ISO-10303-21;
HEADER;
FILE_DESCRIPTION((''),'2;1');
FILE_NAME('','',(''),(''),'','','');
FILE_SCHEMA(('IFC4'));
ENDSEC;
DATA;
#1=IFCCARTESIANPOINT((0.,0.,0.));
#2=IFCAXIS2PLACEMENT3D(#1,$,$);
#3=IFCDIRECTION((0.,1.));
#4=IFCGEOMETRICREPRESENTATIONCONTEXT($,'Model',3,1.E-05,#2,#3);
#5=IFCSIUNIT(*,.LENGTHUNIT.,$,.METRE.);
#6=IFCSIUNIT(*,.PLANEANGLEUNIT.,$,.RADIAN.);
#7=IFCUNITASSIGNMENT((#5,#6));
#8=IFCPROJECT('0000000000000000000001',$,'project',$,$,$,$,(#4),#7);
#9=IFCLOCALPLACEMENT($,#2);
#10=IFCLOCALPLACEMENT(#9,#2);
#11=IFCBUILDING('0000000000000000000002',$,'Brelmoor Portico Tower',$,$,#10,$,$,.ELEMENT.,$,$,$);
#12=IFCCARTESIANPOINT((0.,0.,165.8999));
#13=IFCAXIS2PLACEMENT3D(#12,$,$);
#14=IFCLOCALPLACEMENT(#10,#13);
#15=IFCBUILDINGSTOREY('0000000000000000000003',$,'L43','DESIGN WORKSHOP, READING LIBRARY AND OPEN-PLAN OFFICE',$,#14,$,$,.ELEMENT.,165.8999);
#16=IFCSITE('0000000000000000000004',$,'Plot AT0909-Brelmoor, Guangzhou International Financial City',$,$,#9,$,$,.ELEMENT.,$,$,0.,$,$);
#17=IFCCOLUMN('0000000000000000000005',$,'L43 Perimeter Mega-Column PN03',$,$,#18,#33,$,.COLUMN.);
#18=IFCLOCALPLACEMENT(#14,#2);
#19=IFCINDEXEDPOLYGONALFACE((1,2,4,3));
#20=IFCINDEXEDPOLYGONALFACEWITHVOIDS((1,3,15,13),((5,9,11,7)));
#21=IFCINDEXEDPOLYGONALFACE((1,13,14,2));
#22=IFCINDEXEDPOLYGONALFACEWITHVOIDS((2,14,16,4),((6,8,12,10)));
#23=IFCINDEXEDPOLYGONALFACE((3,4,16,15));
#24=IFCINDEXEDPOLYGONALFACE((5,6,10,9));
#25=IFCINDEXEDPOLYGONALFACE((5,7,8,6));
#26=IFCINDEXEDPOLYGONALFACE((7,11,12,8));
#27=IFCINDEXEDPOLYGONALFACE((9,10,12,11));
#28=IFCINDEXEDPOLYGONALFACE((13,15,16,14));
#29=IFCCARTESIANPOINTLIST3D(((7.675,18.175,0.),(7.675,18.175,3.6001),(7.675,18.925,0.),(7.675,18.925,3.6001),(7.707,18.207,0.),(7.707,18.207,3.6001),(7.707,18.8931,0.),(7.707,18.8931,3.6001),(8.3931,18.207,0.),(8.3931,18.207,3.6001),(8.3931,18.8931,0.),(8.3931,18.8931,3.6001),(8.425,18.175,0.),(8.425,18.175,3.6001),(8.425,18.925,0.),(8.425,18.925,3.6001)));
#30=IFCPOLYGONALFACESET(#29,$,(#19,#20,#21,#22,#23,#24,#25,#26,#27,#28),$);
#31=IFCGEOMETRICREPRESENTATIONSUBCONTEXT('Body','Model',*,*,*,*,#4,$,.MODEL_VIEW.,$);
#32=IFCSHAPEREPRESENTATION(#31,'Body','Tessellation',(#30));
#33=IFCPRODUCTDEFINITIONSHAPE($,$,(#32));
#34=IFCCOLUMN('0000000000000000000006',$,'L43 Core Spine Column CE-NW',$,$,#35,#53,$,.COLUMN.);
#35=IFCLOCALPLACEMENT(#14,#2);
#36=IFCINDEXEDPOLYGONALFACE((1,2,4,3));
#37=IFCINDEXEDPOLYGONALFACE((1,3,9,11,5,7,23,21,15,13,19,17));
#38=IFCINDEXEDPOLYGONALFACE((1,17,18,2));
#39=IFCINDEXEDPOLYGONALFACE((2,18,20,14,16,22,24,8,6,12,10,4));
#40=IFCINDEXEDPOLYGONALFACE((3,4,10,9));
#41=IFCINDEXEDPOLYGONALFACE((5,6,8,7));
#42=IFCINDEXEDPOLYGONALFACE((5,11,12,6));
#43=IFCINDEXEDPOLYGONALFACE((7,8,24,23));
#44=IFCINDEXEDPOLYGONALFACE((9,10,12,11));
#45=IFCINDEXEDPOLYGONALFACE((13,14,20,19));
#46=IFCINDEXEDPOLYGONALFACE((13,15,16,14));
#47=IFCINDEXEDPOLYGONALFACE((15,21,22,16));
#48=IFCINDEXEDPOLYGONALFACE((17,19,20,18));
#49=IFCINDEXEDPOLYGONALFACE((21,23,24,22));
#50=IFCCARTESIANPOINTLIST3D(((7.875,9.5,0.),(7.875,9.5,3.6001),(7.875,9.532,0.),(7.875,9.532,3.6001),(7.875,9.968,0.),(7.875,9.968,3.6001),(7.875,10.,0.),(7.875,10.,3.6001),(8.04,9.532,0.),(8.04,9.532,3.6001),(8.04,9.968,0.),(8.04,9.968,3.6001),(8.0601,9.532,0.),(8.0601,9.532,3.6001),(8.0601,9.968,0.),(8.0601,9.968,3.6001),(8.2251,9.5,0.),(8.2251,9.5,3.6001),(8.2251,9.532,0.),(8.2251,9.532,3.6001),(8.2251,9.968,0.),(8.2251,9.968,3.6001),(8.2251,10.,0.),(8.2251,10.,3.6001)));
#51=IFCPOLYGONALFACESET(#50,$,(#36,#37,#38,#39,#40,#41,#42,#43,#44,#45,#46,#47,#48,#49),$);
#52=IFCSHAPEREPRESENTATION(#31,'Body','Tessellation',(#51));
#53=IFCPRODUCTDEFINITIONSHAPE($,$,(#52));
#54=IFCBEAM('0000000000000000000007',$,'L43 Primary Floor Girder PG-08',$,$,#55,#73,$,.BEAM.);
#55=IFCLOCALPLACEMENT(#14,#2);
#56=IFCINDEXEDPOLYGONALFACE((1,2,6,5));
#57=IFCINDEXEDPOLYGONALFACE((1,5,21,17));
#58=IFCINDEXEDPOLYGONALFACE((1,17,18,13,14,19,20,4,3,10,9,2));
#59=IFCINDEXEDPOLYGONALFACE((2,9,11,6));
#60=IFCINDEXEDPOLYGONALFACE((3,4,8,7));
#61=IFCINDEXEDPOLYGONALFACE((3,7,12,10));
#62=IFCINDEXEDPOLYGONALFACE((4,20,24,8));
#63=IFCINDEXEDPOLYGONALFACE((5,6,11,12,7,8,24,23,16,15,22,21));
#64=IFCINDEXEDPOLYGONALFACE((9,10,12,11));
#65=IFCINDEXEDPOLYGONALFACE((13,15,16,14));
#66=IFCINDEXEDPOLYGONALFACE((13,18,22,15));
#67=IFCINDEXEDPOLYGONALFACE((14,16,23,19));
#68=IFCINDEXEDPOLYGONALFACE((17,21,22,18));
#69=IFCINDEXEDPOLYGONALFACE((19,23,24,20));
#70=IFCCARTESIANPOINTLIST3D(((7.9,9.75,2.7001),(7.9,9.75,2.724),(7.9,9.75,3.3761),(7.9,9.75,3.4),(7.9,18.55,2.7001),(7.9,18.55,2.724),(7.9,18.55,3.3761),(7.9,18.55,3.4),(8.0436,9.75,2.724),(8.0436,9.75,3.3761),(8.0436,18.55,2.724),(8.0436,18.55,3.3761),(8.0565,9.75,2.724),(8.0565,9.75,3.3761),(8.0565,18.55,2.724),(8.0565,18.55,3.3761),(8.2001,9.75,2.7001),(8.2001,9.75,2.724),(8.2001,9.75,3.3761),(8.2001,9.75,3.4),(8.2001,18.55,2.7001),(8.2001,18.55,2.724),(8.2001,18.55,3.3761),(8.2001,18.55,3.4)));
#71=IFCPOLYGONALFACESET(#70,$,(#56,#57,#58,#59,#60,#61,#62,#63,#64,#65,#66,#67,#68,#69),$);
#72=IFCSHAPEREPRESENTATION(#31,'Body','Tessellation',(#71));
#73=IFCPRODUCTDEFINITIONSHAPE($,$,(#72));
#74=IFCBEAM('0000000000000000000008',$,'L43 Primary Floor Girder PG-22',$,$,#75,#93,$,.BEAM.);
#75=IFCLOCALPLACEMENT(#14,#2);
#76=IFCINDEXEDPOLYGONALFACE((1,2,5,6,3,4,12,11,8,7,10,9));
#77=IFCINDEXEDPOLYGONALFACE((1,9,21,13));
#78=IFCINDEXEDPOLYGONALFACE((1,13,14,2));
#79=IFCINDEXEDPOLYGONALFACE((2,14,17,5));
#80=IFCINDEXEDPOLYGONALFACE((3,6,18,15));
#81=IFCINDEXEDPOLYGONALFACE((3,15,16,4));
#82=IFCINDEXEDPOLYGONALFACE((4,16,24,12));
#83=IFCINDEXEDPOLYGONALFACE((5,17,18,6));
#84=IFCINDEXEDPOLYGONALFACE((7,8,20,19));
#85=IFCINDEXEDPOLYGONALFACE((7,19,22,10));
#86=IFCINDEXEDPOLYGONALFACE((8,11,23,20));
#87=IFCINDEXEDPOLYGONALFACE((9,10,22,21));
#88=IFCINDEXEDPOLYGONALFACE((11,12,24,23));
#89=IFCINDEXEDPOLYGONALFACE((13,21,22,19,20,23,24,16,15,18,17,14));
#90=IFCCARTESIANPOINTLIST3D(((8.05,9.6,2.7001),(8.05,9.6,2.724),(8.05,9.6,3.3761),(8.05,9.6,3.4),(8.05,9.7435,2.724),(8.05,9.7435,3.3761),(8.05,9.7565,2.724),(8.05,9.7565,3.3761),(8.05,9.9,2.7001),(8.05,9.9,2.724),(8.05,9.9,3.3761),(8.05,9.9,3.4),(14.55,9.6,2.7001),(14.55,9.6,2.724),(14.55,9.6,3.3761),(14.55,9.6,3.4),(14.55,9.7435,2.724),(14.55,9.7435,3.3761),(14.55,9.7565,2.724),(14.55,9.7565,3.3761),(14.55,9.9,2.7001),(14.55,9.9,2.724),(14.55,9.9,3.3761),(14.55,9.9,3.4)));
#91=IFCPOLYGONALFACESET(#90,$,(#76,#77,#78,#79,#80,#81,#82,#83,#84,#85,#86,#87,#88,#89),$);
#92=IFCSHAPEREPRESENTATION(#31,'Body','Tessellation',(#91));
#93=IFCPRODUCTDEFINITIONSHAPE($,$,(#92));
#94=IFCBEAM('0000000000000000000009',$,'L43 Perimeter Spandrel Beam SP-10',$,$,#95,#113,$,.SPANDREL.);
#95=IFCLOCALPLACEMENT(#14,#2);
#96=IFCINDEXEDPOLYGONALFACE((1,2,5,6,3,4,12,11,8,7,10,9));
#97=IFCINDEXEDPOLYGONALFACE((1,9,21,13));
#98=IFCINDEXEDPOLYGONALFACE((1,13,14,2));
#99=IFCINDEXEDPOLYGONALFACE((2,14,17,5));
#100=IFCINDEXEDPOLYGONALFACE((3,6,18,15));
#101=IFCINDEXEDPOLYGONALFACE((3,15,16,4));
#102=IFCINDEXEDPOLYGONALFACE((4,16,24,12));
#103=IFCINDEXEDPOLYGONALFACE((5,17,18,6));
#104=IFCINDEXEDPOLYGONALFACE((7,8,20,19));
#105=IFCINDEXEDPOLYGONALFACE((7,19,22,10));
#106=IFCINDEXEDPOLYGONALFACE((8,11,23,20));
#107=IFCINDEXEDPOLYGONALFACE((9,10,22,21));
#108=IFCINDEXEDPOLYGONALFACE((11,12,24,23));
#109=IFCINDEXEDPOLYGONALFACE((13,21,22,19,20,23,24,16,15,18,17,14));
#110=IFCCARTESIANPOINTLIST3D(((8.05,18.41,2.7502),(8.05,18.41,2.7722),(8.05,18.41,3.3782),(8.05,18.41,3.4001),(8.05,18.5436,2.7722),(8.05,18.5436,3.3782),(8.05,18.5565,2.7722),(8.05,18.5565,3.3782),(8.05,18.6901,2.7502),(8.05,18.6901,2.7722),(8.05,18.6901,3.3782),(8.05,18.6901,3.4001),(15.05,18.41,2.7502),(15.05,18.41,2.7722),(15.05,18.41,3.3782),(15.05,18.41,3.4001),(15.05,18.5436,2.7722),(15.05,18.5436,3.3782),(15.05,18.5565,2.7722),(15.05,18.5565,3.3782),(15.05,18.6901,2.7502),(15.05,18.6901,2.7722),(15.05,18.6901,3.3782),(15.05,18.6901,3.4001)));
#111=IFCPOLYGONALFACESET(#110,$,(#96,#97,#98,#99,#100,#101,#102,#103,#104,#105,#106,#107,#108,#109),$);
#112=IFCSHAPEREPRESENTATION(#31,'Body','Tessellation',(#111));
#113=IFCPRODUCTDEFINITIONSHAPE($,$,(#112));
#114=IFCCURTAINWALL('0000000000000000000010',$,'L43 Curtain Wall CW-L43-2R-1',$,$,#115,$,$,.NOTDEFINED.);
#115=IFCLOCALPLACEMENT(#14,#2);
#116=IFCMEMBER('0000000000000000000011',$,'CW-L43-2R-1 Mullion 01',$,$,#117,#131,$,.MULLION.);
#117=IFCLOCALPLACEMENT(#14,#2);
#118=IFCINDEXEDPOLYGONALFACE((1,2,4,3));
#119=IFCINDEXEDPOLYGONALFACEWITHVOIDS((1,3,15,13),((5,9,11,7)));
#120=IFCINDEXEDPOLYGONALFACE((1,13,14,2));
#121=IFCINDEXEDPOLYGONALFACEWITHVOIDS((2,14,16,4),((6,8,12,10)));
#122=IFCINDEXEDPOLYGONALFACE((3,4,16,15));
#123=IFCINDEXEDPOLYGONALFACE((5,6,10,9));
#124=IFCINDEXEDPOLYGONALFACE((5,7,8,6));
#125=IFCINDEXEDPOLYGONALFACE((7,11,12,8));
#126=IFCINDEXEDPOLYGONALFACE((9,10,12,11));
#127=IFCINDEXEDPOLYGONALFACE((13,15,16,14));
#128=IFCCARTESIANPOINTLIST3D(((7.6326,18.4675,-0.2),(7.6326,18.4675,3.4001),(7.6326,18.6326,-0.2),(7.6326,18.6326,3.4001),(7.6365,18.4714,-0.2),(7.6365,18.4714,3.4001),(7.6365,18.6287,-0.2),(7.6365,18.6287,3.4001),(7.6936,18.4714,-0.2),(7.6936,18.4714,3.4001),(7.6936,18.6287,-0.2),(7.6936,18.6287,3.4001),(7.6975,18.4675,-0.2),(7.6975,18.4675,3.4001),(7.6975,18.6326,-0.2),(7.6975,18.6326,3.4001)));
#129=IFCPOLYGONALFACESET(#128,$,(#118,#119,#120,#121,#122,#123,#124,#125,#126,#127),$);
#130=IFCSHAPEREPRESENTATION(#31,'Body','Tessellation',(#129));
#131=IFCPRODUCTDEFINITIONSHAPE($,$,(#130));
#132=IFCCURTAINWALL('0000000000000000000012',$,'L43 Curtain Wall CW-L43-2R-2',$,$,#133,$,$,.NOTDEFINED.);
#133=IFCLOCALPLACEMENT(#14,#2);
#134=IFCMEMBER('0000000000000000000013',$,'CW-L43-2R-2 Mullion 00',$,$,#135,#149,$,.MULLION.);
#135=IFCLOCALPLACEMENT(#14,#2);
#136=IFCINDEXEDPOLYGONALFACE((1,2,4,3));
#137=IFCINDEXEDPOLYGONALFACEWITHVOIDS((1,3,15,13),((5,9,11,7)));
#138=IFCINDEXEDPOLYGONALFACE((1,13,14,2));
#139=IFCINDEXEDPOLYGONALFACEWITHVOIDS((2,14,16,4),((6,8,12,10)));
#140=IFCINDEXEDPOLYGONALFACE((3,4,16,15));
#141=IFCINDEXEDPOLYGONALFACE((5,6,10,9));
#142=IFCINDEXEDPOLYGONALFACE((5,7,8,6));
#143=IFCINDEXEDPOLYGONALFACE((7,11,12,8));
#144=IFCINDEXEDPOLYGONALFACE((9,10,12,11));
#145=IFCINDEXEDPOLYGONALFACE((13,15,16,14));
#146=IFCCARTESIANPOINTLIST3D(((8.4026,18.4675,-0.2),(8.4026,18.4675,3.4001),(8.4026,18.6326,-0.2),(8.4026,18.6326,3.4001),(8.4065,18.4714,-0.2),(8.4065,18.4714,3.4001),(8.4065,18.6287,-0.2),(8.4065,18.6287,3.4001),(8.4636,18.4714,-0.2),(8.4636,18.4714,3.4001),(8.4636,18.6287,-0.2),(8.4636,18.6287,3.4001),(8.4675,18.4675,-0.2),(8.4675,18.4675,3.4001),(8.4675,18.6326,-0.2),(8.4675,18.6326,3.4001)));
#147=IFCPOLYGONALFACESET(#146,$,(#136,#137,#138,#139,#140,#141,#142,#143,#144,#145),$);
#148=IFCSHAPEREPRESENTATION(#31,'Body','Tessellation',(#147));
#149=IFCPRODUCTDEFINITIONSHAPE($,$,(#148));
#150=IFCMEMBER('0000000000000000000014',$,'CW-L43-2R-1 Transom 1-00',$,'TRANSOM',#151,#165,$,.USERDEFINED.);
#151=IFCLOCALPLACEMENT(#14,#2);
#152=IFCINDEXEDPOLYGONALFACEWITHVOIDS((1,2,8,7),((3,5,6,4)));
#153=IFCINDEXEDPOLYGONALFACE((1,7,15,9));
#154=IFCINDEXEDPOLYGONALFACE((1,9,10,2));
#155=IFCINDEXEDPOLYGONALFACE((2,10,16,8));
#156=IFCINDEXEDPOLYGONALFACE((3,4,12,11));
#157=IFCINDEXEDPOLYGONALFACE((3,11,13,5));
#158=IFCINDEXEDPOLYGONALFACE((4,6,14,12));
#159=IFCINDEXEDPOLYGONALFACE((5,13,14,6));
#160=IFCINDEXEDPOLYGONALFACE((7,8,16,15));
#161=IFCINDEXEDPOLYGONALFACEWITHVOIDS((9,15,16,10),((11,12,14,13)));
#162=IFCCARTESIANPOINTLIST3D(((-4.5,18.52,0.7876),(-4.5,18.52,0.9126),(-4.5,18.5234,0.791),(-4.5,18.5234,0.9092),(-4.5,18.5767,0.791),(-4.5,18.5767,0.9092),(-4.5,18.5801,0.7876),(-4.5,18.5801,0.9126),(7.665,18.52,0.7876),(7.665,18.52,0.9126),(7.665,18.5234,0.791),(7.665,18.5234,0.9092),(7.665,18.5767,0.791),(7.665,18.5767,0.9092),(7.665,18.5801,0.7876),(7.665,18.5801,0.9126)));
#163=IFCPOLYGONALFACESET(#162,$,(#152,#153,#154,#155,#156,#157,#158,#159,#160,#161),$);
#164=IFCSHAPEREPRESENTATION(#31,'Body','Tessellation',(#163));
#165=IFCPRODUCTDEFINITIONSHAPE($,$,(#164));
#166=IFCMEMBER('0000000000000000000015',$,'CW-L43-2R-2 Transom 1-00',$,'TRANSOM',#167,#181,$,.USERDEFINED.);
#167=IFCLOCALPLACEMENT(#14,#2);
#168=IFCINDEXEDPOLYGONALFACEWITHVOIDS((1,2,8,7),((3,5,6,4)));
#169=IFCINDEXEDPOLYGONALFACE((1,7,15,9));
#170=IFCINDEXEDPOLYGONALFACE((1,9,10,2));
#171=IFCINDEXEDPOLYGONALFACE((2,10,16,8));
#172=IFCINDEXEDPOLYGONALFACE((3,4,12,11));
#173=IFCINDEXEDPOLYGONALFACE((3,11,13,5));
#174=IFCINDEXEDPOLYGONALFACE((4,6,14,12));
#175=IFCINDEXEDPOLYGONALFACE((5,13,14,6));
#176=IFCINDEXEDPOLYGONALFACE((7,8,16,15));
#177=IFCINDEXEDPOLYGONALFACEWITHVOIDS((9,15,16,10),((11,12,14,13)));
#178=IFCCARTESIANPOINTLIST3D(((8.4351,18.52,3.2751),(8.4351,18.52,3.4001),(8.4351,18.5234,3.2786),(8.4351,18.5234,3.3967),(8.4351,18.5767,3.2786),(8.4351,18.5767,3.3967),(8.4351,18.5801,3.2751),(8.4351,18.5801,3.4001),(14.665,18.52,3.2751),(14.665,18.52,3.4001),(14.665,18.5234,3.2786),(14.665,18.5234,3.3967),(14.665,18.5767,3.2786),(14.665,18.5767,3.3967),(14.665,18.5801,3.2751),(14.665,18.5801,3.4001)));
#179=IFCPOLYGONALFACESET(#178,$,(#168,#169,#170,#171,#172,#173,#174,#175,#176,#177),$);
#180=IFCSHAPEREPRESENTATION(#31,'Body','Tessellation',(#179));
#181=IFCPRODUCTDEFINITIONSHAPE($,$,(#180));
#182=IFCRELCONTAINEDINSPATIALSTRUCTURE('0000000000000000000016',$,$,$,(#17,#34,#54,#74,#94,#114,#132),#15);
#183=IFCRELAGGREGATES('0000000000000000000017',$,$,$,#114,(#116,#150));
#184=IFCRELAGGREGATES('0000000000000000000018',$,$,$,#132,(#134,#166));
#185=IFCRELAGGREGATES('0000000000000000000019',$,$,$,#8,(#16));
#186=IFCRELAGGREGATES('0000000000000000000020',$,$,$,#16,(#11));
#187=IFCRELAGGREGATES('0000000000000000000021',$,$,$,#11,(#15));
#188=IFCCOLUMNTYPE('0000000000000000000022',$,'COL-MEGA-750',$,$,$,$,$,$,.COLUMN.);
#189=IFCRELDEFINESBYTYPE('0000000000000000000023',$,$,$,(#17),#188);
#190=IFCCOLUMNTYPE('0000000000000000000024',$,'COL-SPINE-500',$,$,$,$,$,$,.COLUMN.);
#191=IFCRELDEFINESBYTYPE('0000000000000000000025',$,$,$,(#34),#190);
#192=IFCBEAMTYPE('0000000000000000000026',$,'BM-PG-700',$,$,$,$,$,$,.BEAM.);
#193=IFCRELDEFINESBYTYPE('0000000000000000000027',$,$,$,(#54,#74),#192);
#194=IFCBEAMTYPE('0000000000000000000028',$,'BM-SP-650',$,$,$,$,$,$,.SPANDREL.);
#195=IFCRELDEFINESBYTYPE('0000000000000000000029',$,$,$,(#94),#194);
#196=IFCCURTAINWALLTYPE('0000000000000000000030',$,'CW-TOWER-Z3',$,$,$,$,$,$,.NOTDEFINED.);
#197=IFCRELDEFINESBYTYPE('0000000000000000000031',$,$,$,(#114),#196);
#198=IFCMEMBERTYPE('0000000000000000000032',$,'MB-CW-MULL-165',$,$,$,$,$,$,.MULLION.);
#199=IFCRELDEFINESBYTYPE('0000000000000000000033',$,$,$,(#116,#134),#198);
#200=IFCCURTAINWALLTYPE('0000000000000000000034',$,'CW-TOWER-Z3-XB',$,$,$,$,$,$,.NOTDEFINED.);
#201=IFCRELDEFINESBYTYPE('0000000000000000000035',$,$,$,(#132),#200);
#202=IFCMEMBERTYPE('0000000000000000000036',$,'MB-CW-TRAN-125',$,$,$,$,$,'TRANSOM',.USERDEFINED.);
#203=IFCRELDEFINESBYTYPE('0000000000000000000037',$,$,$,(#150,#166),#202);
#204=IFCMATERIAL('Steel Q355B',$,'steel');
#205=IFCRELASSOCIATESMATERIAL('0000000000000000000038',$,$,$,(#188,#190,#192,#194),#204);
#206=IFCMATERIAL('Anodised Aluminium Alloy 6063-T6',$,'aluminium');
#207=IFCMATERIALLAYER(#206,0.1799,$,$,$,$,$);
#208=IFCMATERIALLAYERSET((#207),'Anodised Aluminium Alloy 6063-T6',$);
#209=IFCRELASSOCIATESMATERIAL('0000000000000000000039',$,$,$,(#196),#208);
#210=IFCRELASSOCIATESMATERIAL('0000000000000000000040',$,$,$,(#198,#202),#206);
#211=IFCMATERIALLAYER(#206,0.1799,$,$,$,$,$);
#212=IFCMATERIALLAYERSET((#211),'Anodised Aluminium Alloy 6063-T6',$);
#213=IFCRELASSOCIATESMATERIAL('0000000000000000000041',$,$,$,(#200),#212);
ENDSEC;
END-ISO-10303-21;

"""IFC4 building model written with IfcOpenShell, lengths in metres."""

from ifc_helpers import new_model, si_unit, direction, frame, origin, origin_2d, place, context, subcontext, project, spatial, hollow_rectangle, i_section, extrude, material, layer, layer_set, material_profile, profile_set, type_object, element, aggregate, save


model = new_model("IFC4")

# Units and contexts
model_context = context("Model", 3, precision=1e-05, world=origin(), true_north=direction((0.0, 1.0)))
body_context = subcontext(model_context, "Body", "Model", "MODEL_VIEW")
ifc_project = project(units=[si_unit("LENGTHUNIT", "METRE"), si_unit("PLANEANGLEUNIT", "RADIAN")], contexts=[model_context])

# Site, building, storey
site_placement = place(None, origin())
site = spatial("IfcSite", under=ifc_project, at=site_placement, Name="Plot AT0909-Brelmoor, Guangzhou International Financial City", CompositionType="ELEMENT", RefElevation=0.0)
building_placement = place(site_placement, origin())
building = spatial("IfcBuilding", under=site, at=building_placement, Name="Brelmoor Portico Tower", CompositionType="ELEMENT")
storey_placement = place(building_placement, frame((0.0, 0.0, 165.8999)))
storey = spatial("IfcBuildingStorey", under=building, at=storey_placement, Name="L43", Description="DESIGN WORKSHOP, READING LIBRARY AND OPEN-PLAN OFFICE", CompositionType="ELEMENT", Elevation=165.8999)

# Columns
ifc_material_1 = material(Name="Steel Q355B", Category="steel")
ifc_material_profile_1 = material_profile(ifc_material_1, hollow_rectangle(XDim=0.75, YDim=0.75, WallThickness=0.032, at=origin_2d()), Name="BOX 750x750x32")
ifc_profile_set_1 = profile_set([ifc_material_profile_1], Name="Steel Q355B")
column_type_1 = type_object("IfcColumnType", Name="COL-MEGA-750", PredefinedType="COLUMN", material=ifc_profile_set_1)
column_1_placement = place(storey_placement, frame((8.05, 18.55, 0.0), z_axis=(0.0, 0.0, 1.0), x_axis=(1.0, 0.0, 0.0)))
element("IfcColumn", 1, at=column_1_placement, inside=storey, type_object=column_type_1, Name="L43 Perimeter Mega-Column PN03", PredefinedType="COLUMN", context=body_context, shape_type="SweptSolid", body=[
    extrude(hollow_rectangle(XDim=0.75, YDim=0.75, WallThickness=0.032, at=origin_2d()), origin(), (0.0, 0.0, 1.0), 3.6001),
])
ifc_material_profile_2 = material_profile(ifc_material_1, i_section(OverallWidth=0.3501, OverallDepth=0.5, WebThickness=0.02, FlangeThickness=0.032, at=origin_2d()), Name="HW 500x350x20x32")
ifc_profile_set_2 = profile_set([ifc_material_profile_2], Name="Steel Q355B")
column_type_2 = type_object("IfcColumnType", Name="COL-SPINE-500", PredefinedType="COLUMN", material=ifc_profile_set_2)
column_2_placement = place(storey_placement, frame((8.05, 9.75, 0.0), z_axis=(0.0, 0.0, 1.0), x_axis=(1.0, 0.0, 0.0)))
element("IfcColumn", 2, at=column_2_placement, inside=storey, type_object=column_type_2, Name="L43 Core Spine Column CE-NW", PredefinedType="COLUMN", context=body_context, shape_type="SweptSolid", body=[
    extrude(i_section(OverallWidth=0.3501, OverallDepth=0.5, WebThickness=0.02, FlangeThickness=0.032, at=origin_2d()), origin(), (0.0, 0.0, 1.0), 3.6001),
])

# Beams
ifc_material_profile_3 = material_profile(ifc_material_1, i_section(OverallWidth=0.3, OverallDepth=0.7, WebThickness=0.0129, FlangeThickness=0.0239, at=origin_2d()), Name="HN 700x300x13x24")
ifc_profile_set_3 = profile_set([ifc_material_profile_3], Name="Steel Q355B")
beam_type_1 = type_object("IfcBeamType", Name="BM-PG-700", PredefinedType="BEAM", material=ifc_profile_set_3)
beam_1_placement = place(storey_placement, frame((8.05, 9.75, 3.05), z_axis=(0.0, 1.0, 0.0), x_axis=(-1.0, 0.0, 0.0)))
element("IfcBeam", 3, at=beam_1_placement, inside=storey, type_object=beam_type_1, Name="L43 Primary Floor Girder PG-08", PredefinedType="BEAM", context=body_context, shape_type="SweptSolid", body=[
    extrude(i_section(OverallWidth=0.3, OverallDepth=0.7, WebThickness=0.0129, FlangeThickness=0.0239, at=origin_2d()), origin(), (0.0, 0.0, 1.0), 8.8),
])
beam_2_placement = place(storey_placement, frame((8.05, 9.75, 3.05), z_axis=(1.0, 0.0, 0.0), x_axis=(0.0, 1.0, 0.0)))
element("IfcBeam", 4, at=beam_2_placement, inside=storey, type_object=beam_type_1, Name="L43 Primary Floor Girder PG-22", PredefinedType="BEAM", context=body_context, shape_type="SweptSolid", body=[
    extrude(i_section(OverallWidth=0.3, OverallDepth=0.7, WebThickness=0.0129, FlangeThickness=0.0239, at=origin_2d()), origin(), (0.0, 0.0, 1.0), 6.5),
])
ifc_material_profile_4 = material_profile(ifc_material_1, i_section(OverallWidth=0.28, OverallDepth=0.6499, WebThickness=0.0129, FlangeThickness=0.022, at=origin_2d()), Name="HN 650x280x13x22")
ifc_profile_set_4 = profile_set([ifc_material_profile_4], Name="Steel Q355B")
beam_type_2 = type_object("IfcBeamType", Name="BM-SP-650", PredefinedType="SPANDREL", material=ifc_profile_set_4)
beam_3_placement = place(storey_placement, frame((8.05, 18.55, 3.0752), z_axis=(1.0, 0.0, 0.0), x_axis=(0.0, 1.0, 0.0)))
element("IfcBeam", 5, at=beam_3_placement, inside=storey, type_object=beam_type_2, Name="L43 Perimeter Spandrel Beam SP-10", PredefinedType="SPANDREL", context=body_context, shape_type="SweptSolid", body=[
    extrude(i_section(OverallWidth=0.28, OverallDepth=0.6499, WebThickness=0.0129, FlangeThickness=0.022, at=origin_2d()), origin(), (0.0, 0.0, 1.0), 7.0),
])

# Curtain walls, members
ifc_material_2 = material(Name="Anodised Aluminium Alloy 6063-T6", Category="aluminium")
ifc_layer_1 = layer(ifc_material_2, 0.1799)
ifc_layer_set_1 = layer_set([ifc_layer_1], Name="Anodised Aluminium Alloy 6063-T6")
curtain_wall_type_1 = type_object("IfcCurtainWallType", Name="CW-TOWER-Z3", PredefinedType="NOTDEFINED", material=ifc_layer_set_1)
curtain_wall_1_placement = place(storey_placement, origin())
curtain_wall_1 = element("IfcCurtainWall", 6, at=curtain_wall_1_placement, inside=storey, type_object=curtain_wall_type_1, Name="L43 Curtain Wall CW-L43-2R-1", PredefinedType="NOTDEFINED")
ifc_material_profile_5 = material_profile(ifc_material_2, hollow_rectangle(XDim=0.0649, YDim=0.165, WallThickness=0.0039, at=origin_2d()), Name="ALU MULLION 65x165")
ifc_profile_set_5 = profile_set([ifc_material_profile_5], Name="Anodised Aluminium Alloy 6063-T6")
member_type_1 = type_object("IfcMemberType", Name="MB-CW-MULL-165", PredefinedType="MULLION", material=ifc_profile_set_5)
member_1_placement = place(storey_placement, frame((7.665, 18.55, -0.2), z_axis=(0.0, 0.0, 1.0), x_axis=(1.0, 0.0, 0.0)))
member_1 = element("IfcMember", 7, at=member_1_placement, type_object=member_type_1, Name="CW-L43-2R-1 Mullion 01", PredefinedType="MULLION", context=body_context, shape_type="SweptSolid", body=[
    extrude(hollow_rectangle(XDim=0.0649, YDim=0.165, WallThickness=0.0039, at=origin_2d()), origin(), (0.0, 0.0, 1.0), 3.6001),
])
ifc_layer_2 = layer(ifc_material_2, 0.1799)
ifc_layer_set_2 = layer_set([ifc_layer_2], Name="Anodised Aluminium Alloy 6063-T6")
curtain_wall_type_2 = type_object("IfcCurtainWallType", Name="CW-TOWER-Z3-XB", PredefinedType="NOTDEFINED", material=ifc_layer_set_2)
curtain_wall_2_placement = place(storey_placement, origin())
curtain_wall_2 = element("IfcCurtainWall", 8, at=curtain_wall_2_placement, inside=storey, type_object=curtain_wall_type_2, Name="L43 Curtain Wall CW-L43-2R-2", PredefinedType="NOTDEFINED")
member_2_placement = place(storey_placement, frame((8.4351, 18.55, -0.2), z_axis=(0.0, 0.0, 1.0), x_axis=(1.0, 0.0, 0.0)))
member_2 = element("IfcMember", 9, at=member_2_placement, type_object=member_type_1, Name="CW-L43-2R-2 Mullion 00", PredefinedType="MULLION", context=body_context, shape_type="SweptSolid", body=[
    extrude(hollow_rectangle(XDim=0.0649, YDim=0.165, WallThickness=0.0039, at=origin_2d()), origin(), (0.0, 0.0, 1.0), 3.6001),
])

# Members
ifc_material_profile_6 = material_profile(ifc_material_2, hollow_rectangle(XDim=0.0601, YDim=0.125, WallThickness=0.0034, at=origin_2d()), Name="ALU TRANSOM 60x125")
ifc_profile_set_6 = profile_set([ifc_material_profile_6], Name="Anodised Aluminium Alloy 6063-T6")
member_type_2 = type_object("IfcMemberType", Name="MB-CW-TRAN-125", ElementType="TRANSOM", PredefinedType="USERDEFINED", material=ifc_profile_set_6)
member_3_placement = place(storey_placement, frame((-4.5, 18.55, 0.8501), z_axis=(1.0, 0.0, 0.0), x_axis=(0.0, 1.0, 0.0)))
member_3 = element("IfcMember", 10, at=member_3_placement, type_object=member_type_2, Name="CW-L43-2R-1 Transom 1-00", ObjectType="TRANSOM", PredefinedType="USERDEFINED", context=body_context, shape_type="SweptSolid", body=[
    extrude(hollow_rectangle(XDim=0.0601, YDim=0.125, WallThickness=0.0034, at=origin_2d()), origin(), (0.0, 0.0, 1.0), 12.165),
])
member_4_placement = place(storey_placement, frame((8.4351, 18.55, 3.3376), z_axis=(1.0, 0.0, 0.0), x_axis=(0.0, 1.0, 0.0)))
member_4 = element("IfcMember", 11, at=member_4_placement, type_object=member_type_2, Name="CW-L43-2R-2 Transom 1-00", ObjectType="TRANSOM", PredefinedType="USERDEFINED", context=body_context, shape_type="SweptSolid", body=[
    extrude(hollow_rectangle(XDim=0.0601, YDim=0.125, WallThickness=0.0034, at=origin_2d()), origin(), (0.0, 0.0, 1.0), 6.23),
])

aggregate(curtain_wall_1, [member_1, member_3])
aggregate(curtain_wall_2, [member_2, member_4])

save(model, "model.ifc")
